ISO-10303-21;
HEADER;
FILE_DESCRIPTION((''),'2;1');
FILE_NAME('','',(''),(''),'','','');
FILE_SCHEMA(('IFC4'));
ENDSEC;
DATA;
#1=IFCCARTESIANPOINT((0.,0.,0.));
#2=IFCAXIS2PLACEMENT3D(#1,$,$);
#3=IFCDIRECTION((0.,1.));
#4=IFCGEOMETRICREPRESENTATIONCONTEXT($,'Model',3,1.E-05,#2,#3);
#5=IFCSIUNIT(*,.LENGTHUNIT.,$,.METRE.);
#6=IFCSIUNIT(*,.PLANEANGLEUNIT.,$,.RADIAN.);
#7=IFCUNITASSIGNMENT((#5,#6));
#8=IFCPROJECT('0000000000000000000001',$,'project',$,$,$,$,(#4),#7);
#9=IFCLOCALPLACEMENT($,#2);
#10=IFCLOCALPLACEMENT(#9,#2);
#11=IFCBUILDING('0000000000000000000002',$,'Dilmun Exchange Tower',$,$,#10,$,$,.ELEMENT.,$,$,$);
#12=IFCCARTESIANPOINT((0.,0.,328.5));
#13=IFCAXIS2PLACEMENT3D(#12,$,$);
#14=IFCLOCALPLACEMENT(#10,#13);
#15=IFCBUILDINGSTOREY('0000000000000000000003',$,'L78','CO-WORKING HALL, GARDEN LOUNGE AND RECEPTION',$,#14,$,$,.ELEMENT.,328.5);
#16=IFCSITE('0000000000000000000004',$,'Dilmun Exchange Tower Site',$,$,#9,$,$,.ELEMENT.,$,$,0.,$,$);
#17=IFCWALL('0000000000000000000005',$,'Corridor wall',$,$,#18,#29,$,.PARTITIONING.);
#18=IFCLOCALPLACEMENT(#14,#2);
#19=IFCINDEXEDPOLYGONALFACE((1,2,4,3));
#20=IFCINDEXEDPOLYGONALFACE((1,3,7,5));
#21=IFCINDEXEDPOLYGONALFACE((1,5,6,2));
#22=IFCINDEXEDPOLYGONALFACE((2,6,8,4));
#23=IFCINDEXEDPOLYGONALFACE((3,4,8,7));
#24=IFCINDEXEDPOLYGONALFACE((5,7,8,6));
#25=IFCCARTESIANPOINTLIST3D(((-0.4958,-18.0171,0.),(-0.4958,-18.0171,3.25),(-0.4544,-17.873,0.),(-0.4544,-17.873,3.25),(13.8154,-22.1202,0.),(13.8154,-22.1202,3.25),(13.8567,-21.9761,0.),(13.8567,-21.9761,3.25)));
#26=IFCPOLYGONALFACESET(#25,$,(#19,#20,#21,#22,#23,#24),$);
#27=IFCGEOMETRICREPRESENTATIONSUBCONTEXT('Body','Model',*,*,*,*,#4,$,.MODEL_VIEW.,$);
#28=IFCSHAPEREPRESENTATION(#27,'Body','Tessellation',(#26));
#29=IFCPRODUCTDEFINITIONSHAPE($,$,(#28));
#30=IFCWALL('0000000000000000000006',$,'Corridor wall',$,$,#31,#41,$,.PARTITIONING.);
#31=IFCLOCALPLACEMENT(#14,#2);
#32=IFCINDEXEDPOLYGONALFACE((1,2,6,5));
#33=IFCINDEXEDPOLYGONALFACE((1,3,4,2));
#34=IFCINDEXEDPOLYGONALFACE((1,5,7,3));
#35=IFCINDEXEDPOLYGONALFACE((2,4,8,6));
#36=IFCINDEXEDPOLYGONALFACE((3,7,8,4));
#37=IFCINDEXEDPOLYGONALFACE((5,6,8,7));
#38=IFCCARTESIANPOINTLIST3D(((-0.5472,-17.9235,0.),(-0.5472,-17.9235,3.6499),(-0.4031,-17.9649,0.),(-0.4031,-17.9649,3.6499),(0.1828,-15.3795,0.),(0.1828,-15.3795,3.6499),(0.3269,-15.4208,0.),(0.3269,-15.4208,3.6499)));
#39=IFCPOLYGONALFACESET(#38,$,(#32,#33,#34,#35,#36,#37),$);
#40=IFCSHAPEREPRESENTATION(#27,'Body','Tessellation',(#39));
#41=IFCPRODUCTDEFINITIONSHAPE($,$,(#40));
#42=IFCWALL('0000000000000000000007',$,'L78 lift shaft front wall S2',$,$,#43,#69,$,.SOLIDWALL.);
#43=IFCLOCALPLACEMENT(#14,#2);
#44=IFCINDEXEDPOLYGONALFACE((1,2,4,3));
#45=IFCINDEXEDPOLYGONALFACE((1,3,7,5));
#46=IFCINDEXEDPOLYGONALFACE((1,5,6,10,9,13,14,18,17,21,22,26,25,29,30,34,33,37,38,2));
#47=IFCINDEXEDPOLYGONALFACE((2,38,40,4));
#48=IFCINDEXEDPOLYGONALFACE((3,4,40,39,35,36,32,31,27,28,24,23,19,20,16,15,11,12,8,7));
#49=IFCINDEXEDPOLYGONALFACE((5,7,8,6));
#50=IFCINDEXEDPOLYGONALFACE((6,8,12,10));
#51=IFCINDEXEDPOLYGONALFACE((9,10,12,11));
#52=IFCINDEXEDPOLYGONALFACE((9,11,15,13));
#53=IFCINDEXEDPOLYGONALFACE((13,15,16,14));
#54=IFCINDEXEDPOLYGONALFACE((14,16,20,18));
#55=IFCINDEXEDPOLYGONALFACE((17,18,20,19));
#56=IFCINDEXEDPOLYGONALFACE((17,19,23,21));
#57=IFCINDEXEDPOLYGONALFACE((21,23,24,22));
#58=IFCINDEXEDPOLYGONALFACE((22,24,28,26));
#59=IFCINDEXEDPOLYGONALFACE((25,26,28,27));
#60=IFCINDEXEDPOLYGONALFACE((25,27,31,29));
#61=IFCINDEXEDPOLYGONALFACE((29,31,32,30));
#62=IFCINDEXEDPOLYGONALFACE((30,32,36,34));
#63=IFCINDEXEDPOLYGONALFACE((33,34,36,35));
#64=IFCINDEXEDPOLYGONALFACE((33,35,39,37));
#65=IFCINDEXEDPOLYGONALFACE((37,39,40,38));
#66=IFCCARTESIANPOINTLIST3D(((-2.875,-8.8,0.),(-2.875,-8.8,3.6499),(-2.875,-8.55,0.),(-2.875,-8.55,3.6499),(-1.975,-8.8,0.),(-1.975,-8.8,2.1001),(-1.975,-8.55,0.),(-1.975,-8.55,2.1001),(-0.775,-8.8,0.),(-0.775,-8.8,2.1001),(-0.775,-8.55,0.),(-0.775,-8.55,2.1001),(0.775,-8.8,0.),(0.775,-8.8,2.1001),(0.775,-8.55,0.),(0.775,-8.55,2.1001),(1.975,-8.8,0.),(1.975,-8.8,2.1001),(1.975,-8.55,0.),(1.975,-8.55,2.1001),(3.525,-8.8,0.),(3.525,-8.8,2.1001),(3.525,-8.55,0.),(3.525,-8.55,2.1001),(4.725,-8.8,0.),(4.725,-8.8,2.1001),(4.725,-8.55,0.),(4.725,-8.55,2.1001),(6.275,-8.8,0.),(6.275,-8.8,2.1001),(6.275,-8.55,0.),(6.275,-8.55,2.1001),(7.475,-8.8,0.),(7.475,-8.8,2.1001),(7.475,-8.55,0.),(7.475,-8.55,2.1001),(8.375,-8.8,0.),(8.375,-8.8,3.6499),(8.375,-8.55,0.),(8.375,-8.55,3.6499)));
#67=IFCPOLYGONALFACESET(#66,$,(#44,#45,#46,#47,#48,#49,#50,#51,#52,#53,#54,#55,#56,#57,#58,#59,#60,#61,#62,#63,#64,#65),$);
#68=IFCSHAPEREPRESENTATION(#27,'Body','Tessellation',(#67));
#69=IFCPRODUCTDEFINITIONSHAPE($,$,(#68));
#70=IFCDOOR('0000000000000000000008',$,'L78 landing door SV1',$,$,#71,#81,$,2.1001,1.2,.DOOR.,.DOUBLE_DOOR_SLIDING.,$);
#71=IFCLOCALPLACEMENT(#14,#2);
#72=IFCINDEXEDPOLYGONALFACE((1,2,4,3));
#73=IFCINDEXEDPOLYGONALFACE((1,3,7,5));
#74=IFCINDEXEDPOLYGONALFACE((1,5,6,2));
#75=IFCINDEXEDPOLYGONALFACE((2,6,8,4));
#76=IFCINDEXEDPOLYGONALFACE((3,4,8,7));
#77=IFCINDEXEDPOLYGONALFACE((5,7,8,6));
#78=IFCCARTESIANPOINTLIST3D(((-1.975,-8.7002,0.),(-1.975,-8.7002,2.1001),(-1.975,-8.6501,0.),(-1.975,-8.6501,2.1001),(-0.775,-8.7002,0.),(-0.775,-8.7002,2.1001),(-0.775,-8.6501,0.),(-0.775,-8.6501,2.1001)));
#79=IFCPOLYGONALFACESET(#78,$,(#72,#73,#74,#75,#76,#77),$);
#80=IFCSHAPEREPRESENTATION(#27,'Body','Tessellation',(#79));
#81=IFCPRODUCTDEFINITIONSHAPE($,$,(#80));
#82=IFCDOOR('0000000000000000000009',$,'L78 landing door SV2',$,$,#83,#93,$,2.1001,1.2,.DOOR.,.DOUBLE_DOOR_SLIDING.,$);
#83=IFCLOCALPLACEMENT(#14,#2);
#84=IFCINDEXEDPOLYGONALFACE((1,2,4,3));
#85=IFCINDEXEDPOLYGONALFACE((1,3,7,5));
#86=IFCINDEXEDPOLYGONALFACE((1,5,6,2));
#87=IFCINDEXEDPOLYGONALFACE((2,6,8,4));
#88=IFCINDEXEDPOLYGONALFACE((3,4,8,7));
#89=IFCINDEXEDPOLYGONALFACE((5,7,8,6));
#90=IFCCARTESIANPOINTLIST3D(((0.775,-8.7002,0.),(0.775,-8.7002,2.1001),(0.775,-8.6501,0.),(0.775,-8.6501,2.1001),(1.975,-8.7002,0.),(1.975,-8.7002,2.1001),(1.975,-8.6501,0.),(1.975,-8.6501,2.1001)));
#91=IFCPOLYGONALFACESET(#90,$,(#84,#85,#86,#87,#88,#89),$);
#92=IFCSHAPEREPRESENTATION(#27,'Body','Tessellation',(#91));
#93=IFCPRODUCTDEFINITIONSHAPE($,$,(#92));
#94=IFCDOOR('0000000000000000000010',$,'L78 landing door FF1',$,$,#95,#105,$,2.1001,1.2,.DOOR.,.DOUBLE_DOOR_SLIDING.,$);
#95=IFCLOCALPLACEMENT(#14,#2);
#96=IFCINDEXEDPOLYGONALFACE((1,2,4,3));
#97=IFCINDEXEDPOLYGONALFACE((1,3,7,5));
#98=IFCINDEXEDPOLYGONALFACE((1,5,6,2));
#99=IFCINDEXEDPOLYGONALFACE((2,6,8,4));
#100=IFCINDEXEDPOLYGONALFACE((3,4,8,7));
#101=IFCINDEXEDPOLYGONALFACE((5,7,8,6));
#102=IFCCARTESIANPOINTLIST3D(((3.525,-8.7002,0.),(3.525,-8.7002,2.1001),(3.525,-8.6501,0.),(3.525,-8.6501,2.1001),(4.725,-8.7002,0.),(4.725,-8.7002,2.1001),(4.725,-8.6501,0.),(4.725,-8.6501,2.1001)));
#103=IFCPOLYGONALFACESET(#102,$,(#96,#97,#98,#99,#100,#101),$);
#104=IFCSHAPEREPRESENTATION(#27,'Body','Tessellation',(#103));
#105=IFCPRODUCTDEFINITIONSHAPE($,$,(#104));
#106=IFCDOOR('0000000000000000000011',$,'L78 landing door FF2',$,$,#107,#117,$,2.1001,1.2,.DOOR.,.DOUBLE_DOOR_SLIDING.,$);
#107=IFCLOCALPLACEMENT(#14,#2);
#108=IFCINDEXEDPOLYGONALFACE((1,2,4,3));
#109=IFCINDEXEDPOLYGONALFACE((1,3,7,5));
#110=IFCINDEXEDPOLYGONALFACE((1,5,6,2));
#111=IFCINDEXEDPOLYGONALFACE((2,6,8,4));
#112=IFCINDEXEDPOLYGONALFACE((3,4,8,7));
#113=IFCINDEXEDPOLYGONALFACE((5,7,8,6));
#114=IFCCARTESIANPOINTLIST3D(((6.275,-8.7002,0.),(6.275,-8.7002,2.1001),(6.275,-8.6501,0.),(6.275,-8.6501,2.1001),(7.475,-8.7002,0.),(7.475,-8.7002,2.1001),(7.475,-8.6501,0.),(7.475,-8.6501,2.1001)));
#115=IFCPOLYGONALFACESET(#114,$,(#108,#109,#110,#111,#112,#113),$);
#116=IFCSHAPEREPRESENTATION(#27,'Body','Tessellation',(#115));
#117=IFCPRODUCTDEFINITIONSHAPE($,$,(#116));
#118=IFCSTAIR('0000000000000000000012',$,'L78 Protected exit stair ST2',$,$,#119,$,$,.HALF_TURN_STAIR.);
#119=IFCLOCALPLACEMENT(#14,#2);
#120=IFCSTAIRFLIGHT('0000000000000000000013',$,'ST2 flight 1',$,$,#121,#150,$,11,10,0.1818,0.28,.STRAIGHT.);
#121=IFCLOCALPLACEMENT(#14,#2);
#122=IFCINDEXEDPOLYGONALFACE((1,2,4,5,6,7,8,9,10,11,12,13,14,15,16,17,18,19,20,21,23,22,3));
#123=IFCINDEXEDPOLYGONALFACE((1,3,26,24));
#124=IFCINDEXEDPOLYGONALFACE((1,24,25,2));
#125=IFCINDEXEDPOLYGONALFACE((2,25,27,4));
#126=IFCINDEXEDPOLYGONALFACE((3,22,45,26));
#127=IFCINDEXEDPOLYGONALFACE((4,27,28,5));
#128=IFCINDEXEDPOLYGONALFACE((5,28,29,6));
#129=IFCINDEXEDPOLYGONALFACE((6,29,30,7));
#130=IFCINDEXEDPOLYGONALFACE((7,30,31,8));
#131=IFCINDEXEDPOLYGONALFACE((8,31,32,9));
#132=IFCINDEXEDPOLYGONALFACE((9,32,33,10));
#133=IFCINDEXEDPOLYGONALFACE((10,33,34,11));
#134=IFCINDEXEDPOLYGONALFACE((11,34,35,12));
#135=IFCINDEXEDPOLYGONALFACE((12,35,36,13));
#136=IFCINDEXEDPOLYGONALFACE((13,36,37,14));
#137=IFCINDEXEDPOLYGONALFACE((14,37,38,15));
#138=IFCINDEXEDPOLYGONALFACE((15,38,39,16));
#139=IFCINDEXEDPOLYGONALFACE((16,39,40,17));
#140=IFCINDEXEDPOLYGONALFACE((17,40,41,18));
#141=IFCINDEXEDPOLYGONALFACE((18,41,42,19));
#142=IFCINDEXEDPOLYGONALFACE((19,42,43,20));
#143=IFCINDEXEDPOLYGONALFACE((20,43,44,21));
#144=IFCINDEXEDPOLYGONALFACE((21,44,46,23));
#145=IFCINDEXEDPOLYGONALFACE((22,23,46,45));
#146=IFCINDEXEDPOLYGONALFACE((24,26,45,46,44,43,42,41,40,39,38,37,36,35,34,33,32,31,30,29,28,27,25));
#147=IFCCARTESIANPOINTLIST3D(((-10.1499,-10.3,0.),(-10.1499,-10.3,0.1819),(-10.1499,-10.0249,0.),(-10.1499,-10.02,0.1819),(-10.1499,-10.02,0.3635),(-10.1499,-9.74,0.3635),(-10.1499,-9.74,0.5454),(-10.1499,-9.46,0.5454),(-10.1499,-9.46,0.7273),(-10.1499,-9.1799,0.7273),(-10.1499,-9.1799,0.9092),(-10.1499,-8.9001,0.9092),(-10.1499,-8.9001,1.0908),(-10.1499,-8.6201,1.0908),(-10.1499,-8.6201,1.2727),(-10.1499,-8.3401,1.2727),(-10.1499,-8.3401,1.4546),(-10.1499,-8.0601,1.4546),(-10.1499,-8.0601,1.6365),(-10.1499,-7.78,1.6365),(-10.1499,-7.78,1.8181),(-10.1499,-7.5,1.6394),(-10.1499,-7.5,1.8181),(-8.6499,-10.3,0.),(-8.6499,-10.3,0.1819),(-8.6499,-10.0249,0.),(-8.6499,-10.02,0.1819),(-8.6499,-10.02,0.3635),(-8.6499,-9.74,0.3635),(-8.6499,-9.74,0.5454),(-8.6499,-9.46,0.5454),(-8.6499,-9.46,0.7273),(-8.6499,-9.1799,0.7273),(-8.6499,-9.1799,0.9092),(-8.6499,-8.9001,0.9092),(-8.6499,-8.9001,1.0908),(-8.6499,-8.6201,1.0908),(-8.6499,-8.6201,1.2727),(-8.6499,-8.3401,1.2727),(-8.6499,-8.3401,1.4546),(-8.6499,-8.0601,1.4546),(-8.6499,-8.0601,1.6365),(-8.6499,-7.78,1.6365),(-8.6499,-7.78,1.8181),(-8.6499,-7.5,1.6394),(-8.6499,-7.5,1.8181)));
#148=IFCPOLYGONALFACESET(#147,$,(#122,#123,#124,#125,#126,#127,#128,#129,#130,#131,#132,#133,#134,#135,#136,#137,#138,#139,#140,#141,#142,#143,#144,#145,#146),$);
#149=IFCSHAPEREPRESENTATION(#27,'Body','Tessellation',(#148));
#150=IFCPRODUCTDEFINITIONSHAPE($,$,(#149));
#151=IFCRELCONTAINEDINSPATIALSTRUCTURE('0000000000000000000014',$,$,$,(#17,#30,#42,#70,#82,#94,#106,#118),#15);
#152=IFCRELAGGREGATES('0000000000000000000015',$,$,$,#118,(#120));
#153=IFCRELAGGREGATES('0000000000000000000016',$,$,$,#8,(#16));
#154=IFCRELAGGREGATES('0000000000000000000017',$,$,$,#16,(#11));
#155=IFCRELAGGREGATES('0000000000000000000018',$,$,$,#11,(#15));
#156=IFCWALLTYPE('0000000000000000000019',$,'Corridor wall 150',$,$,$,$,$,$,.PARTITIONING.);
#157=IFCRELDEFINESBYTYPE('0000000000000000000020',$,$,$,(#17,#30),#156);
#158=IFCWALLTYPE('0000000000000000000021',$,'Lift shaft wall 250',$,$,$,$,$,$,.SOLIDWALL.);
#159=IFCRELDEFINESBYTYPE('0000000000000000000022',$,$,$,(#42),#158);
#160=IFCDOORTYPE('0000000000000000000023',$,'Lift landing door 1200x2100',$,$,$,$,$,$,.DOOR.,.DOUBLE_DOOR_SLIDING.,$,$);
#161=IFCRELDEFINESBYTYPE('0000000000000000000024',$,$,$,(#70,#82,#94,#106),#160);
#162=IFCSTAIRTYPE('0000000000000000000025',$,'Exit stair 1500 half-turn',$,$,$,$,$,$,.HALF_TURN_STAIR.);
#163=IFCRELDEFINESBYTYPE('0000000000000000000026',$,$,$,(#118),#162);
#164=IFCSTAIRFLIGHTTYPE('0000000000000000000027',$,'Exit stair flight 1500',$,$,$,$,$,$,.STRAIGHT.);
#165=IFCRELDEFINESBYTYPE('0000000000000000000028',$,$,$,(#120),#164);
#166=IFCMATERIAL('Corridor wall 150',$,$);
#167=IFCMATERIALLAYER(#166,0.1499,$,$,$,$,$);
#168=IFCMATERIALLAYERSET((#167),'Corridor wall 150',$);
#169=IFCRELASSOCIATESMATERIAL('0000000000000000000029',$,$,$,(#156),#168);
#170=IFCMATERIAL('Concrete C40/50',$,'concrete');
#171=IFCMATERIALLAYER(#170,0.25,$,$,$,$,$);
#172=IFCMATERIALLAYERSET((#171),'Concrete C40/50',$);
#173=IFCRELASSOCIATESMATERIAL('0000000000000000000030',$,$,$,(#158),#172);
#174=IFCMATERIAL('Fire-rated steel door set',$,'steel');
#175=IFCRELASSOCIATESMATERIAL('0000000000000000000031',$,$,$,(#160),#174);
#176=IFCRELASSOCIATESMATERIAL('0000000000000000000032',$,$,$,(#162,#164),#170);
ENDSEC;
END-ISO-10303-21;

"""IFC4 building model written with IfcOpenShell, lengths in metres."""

from ifc_helpers import new_model, si_unit, direction, frame, frame_2d, origin, place, context, subcontext, project, spatial, polyline, rectangle, outline, extrude, material, layer, layer_set, type_object, element, fill, aggregate, save


model = new_model("IFC4")

# Units and contexts
model_context = context("Model", 3, precision=1e-05, world=origin(), true_north=direction((0.0, 1.0)))
body_context = subcontext(model_context, "Body", "Model", "MODEL_VIEW")
ifc_project = project(units=[si_unit("LENGTHUNIT", "METRE"), si_unit("PLANEANGLEUNIT", "RADIAN")], contexts=[model_context])

# Site, building, storey
site_placement = place(None, origin())
site = spatial("IfcSite", under=ifc_project, at=site_placement, Name="Dilmun Exchange Tower Site", CompositionType="ELEMENT", RefElevation=0.0)
building_placement = place(site_placement, origin())
building = spatial("IfcBuilding", under=site, at=building_placement, Name="Dilmun Exchange Tower", CompositionType="ELEMENT")
storey_placement = place(building_placement, frame((0.0, 0.0, 328.5)))
storey = spatial("IfcBuildingStorey", under=building, at=storey_placement, Name="L78", Description="CO-WORKING HALL, GARDEN LOUNGE AND RECEPTION", CompositionType="ELEMENT", Elevation=328.5)

# Shared definitions
ifc_material_1 = material(Name="Concrete C40/50", Category="concrete")

# Shared definitions
ifc_material_2 = material(Name="Fire-rated steel door set", Category="steel")

# Shared definitions
ifc_material_3 = material(Name="Corridor wall 150")
ifc_layer_1 = layer(ifc_material_3, 0.1499)
ifc_layer_set_1 = layer_set([ifc_layer_1], Name="Corridor wall 150")
wall_type_1 = type_object("IfcWallType", Name="Corridor wall 150", PredefinedType="PARTITIONING", material=ifc_layer_set_1)

# Walls
wall_1_placement = place(storey_placement, frame((-0.4751, -17.9451, 0.0), z_axis=(0.0, 0.0, 1.0), x_axis=(0.961272, -0.2756, 0.0)))
element("IfcWall", 1, at=wall_1_placement, inside=storey, type_object=wall_type_1, Name="Corridor wall", PredefinedType="PARTITIONING", context=body_context, shape_type="SweptSolid", body=[
    extrude(rectangle(XDim=14.8877, YDim=0.1499, at=frame_2d((7.4438, 0.0))), origin(), (0.0, 0.0, 1.0), 3.25),
])
wall_2_placement = place(storey_placement, frame((-0.4751, -17.9441, 0.0), z_axis=(0.0, 0.0, 1.0), x_axis=(0.275793, 0.961217, 0.0)))
element("IfcWall", 2, at=wall_2_placement, inside=storey, type_object=wall_type_1, Name="Corridor wall", PredefinedType="PARTITIONING", context=body_context, shape_type="SweptSolid", body=[
    extrude(rectangle(XDim=2.6467, YDim=0.1499, at=frame_2d((1.3232, 0.0))), origin(), (0.0, 0.0, 1.0), 3.6499),
])

# Wall, openings, doors
ifc_layer_2 = layer(ifc_material_1, 0.25)
ifc_layer_set_2 = layer_set([ifc_layer_2], Name="Concrete C40/50")
wall_type_2 = type_object("IfcWallType", Name="Lift shaft wall 250", PredefinedType="SOLIDWALL", material=ifc_layer_set_2)
wall_3_placement = place(storey_placement, frame((-2.875, -8.675, 0.0), z_axis=(0.0, 0.0, 1.0), x_axis=(1.0, 0.0, 0.0)))
wall_3 = element("IfcWall", 3, at=wall_3_placement, inside=storey, type_object=wall_type_2, Name="L78 lift shaft front wall S2", PredefinedType="SOLIDWALL", context=body_context, shape_type="SweptSolid", body=[
    extrude(rectangle(XDim=11.25, YDim=0.25, at=frame_2d((5.625, 0.0))), origin(), (0.0, 0.0, 1.0), 3.6499),
])
opening_1_placement = place(wall_3_placement, frame((0.8999, 0.0, 0.0)))
opening_1 = element("IfcOpeningElement", 4, at=opening_1_placement, cuts=wall_3, PredefinedType="OPENING", context=body_context, shape_type="SweptSolid", body=[
    extrude(rectangle(XDim=1.2, YDim=2.1001, at=frame_2d((0.6001, 1.05))), frame((0.0, 0.135, 0.0), z_axis=(0.0, -1.0, 0.0), x_axis=(1.0, 0.0, 0.0)), (0.0, 0.0, 1.0), 0.27),
])
opening_2_placement = place(wall_3_placement, frame((3.6499, 0.0, 0.0)))
opening_2 = element("IfcOpeningElement", 5, at=opening_2_placement, cuts=wall_3, PredefinedType="OPENING", context=body_context, shape_type="SweptSolid", body=[
    extrude(rectangle(XDim=1.2, YDim=2.1001, at=frame_2d((0.6001, 1.05))), frame((0.0, 0.135, 0.0), z_axis=(0.0, -1.0, 0.0), x_axis=(1.0, 0.0, 0.0)), (0.0, 0.0, 1.0), 0.27),
])
opening_3_placement = place(wall_3_placement, frame((6.3999, 0.0, 0.0)))
opening_3 = element("IfcOpeningElement", 6, at=opening_3_placement, cuts=wall_3, PredefinedType="OPENING", context=body_context, shape_type="SweptSolid", body=[
    extrude(rectangle(XDim=1.2, YDim=2.1001, at=frame_2d((0.6001, 1.05))), frame((0.0, 0.135, 0.0), z_axis=(0.0, -1.0, 0.0), x_axis=(1.0, 0.0, 0.0)), (0.0, 0.0, 1.0), 0.27),
])
opening_4_placement = place(wall_3_placement, frame((9.1499, 0.0, 0.0)))
opening_4 = element("IfcOpeningElement", 7, at=opening_4_placement, cuts=wall_3, PredefinedType="OPENING", context=body_context, shape_type="SweptSolid", body=[
    extrude(rectangle(XDim=1.2, YDim=2.1001, at=frame_2d((0.6001, 1.05))), frame((0.0, 0.135, 0.0), z_axis=(0.0, -1.0, 0.0), x_axis=(1.0, 0.0, 0.0)), (0.0, 0.0, 1.0), 0.27),
])
door_type_1 = type_object("IfcDoorType", Name="Lift landing door 1200x2100", OperationType="DOUBLE_DOOR_SLIDING", PredefinedType="DOOR", material=ifc_material_2)
door_1_placement = place(opening_1_placement, origin())
door_1 = element("IfcDoor", 8, at=door_1_placement, inside=storey, type_object=door_type_1, Name="L78 landing door SV1", OperationType="DOUBLE_DOOR_SLIDING", OverallHeight=2.1001, OverallWidth=1.2, PredefinedType="DOOR", context=body_context, shape_type="SweptSolid", body=[
    extrude(rectangle(XDim=1.2, YDim=2.1001, at=frame_2d((0.6001, 1.05))), frame((0.0, 0.0249, 0.0), z_axis=(0.0, -1.0, 0.0), x_axis=(1.0, 0.0, 0.0)), (0.0, 0.0, 1.0), 0.05),
])
fill(opening_1, door_1)
door_2_placement = place(opening_2_placement, origin())
door_2 = element("IfcDoor", 9, at=door_2_placement, inside=storey, type_object=door_type_1, Name="L78 landing door SV2", OperationType="DOUBLE_DOOR_SLIDING", OverallHeight=2.1001, OverallWidth=1.2, PredefinedType="DOOR", context=body_context, shape_type="SweptSolid", body=[
    extrude(rectangle(XDim=1.2, YDim=2.1001, at=frame_2d((0.6001, 1.05))), frame((0.0, 0.0249, 0.0), z_axis=(0.0, -1.0, 0.0), x_axis=(1.0, 0.0, 0.0)), (0.0, 0.0, 1.0), 0.05),
])
fill(opening_2, door_2)
door_3_placement = place(opening_3_placement, origin())
door_3 = element("IfcDoor", 10, at=door_3_placement, inside=storey, type_object=door_type_1, Name="L78 landing door FF1", OperationType="DOUBLE_DOOR_SLIDING", OverallHeight=2.1001, OverallWidth=1.2, PredefinedType="DOOR", context=body_context, shape_type="SweptSolid", body=[
    extrude(rectangle(XDim=1.2, YDim=2.1001, at=frame_2d((0.6001, 1.05))), frame((0.0, 0.0249, 0.0), z_axis=(0.0, -1.0, 0.0), x_axis=(1.0, 0.0, 0.0)), (0.0, 0.0, 1.0), 0.05),
])
fill(opening_3, door_3)
door_4_placement = place(opening_4_placement, origin())
door_4 = element("IfcDoor", 11, at=door_4_placement, inside=storey, type_object=door_type_1, Name="L78 landing door FF2", OperationType="DOUBLE_DOOR_SLIDING", OverallHeight=2.1001, OverallWidth=1.2, PredefinedType="DOOR", context=body_context, shape_type="SweptSolid", body=[
    extrude(rectangle(XDim=1.2, YDim=2.1001, at=frame_2d((0.6001, 1.05))), frame((0.0, 0.0249, 0.0), z_axis=(0.0, -1.0, 0.0), x_axis=(1.0, 0.0, 0.0)), (0.0, 0.0, 1.0), 0.05),
])
fill(opening_4, door_4)

# Stair, stair flight
stair_type = type_object("IfcStairType", Name="Exit stair 1500 half-turn", PredefinedType="HALF_TURN_STAIR", material=ifc_material_1)
stair_placement = place(storey_placement, origin())
stair = element("IfcStair", 12, at=stair_placement, inside=storey, type_object=stair_type, Name="L78 Protected exit stair ST2", PredefinedType="HALF_TURN_STAIR")
stair_flight_type = type_object("IfcStairFlightType", Name="Exit stair flight 1500", PredefinedType="STRAIGHT", material=ifc_material_1)
stair_flight_placement = place(storey_placement, frame((-9.3999, -10.3, 0.0), z_axis=(0.0, 0.0, 1.0), x_axis=(0.0, 1.0, 0.0)))
stair_flight = element("IfcStairFlight", 13, at=stair_flight_placement, type_object=stair_flight_type, Name="ST2 flight 1", NumberOfRisers=11, NumberOfTreads=10, PredefinedType="STRAIGHT", RiserHeight=0.1818, TreadLength=0.28, context=body_context, shape_type="SweptSolid", body=[
    extrude(outline(polyline([(0.0, 0.0), (0.0, 0.1819), (0.28, 0.1819), (0.28, 0.3635), (0.5601, 0.3635), (0.5601, 0.5454), (0.8401, 0.5454), (0.8401, 0.7273), (1.1201, 0.7273), (1.1201, 0.9092), (1.3999, 0.9092), (1.3999, 1.0908), (1.6799, 1.0908), (1.6799, 1.2727), (1.96, 1.2727), (1.96, 1.4546), (2.24, 1.4546), (2.24, 1.6365), (2.52, 1.6365), (2.52, 1.8181), (2.8, 1.8181), (2.8, 2.0), (2.8, 1.6394), (0.2751, 0.0), (0.0, 0.0)])), frame((0.0, 0.75, 0.0), z_axis=(0.0, -1.0, 0.0), x_axis=(1.0, 0.0, 0.0)), (0.0, 0.0, 1.0), 1.5),
])
aggregate(stair, [stair_flight])

save(model, "model.ifc")
